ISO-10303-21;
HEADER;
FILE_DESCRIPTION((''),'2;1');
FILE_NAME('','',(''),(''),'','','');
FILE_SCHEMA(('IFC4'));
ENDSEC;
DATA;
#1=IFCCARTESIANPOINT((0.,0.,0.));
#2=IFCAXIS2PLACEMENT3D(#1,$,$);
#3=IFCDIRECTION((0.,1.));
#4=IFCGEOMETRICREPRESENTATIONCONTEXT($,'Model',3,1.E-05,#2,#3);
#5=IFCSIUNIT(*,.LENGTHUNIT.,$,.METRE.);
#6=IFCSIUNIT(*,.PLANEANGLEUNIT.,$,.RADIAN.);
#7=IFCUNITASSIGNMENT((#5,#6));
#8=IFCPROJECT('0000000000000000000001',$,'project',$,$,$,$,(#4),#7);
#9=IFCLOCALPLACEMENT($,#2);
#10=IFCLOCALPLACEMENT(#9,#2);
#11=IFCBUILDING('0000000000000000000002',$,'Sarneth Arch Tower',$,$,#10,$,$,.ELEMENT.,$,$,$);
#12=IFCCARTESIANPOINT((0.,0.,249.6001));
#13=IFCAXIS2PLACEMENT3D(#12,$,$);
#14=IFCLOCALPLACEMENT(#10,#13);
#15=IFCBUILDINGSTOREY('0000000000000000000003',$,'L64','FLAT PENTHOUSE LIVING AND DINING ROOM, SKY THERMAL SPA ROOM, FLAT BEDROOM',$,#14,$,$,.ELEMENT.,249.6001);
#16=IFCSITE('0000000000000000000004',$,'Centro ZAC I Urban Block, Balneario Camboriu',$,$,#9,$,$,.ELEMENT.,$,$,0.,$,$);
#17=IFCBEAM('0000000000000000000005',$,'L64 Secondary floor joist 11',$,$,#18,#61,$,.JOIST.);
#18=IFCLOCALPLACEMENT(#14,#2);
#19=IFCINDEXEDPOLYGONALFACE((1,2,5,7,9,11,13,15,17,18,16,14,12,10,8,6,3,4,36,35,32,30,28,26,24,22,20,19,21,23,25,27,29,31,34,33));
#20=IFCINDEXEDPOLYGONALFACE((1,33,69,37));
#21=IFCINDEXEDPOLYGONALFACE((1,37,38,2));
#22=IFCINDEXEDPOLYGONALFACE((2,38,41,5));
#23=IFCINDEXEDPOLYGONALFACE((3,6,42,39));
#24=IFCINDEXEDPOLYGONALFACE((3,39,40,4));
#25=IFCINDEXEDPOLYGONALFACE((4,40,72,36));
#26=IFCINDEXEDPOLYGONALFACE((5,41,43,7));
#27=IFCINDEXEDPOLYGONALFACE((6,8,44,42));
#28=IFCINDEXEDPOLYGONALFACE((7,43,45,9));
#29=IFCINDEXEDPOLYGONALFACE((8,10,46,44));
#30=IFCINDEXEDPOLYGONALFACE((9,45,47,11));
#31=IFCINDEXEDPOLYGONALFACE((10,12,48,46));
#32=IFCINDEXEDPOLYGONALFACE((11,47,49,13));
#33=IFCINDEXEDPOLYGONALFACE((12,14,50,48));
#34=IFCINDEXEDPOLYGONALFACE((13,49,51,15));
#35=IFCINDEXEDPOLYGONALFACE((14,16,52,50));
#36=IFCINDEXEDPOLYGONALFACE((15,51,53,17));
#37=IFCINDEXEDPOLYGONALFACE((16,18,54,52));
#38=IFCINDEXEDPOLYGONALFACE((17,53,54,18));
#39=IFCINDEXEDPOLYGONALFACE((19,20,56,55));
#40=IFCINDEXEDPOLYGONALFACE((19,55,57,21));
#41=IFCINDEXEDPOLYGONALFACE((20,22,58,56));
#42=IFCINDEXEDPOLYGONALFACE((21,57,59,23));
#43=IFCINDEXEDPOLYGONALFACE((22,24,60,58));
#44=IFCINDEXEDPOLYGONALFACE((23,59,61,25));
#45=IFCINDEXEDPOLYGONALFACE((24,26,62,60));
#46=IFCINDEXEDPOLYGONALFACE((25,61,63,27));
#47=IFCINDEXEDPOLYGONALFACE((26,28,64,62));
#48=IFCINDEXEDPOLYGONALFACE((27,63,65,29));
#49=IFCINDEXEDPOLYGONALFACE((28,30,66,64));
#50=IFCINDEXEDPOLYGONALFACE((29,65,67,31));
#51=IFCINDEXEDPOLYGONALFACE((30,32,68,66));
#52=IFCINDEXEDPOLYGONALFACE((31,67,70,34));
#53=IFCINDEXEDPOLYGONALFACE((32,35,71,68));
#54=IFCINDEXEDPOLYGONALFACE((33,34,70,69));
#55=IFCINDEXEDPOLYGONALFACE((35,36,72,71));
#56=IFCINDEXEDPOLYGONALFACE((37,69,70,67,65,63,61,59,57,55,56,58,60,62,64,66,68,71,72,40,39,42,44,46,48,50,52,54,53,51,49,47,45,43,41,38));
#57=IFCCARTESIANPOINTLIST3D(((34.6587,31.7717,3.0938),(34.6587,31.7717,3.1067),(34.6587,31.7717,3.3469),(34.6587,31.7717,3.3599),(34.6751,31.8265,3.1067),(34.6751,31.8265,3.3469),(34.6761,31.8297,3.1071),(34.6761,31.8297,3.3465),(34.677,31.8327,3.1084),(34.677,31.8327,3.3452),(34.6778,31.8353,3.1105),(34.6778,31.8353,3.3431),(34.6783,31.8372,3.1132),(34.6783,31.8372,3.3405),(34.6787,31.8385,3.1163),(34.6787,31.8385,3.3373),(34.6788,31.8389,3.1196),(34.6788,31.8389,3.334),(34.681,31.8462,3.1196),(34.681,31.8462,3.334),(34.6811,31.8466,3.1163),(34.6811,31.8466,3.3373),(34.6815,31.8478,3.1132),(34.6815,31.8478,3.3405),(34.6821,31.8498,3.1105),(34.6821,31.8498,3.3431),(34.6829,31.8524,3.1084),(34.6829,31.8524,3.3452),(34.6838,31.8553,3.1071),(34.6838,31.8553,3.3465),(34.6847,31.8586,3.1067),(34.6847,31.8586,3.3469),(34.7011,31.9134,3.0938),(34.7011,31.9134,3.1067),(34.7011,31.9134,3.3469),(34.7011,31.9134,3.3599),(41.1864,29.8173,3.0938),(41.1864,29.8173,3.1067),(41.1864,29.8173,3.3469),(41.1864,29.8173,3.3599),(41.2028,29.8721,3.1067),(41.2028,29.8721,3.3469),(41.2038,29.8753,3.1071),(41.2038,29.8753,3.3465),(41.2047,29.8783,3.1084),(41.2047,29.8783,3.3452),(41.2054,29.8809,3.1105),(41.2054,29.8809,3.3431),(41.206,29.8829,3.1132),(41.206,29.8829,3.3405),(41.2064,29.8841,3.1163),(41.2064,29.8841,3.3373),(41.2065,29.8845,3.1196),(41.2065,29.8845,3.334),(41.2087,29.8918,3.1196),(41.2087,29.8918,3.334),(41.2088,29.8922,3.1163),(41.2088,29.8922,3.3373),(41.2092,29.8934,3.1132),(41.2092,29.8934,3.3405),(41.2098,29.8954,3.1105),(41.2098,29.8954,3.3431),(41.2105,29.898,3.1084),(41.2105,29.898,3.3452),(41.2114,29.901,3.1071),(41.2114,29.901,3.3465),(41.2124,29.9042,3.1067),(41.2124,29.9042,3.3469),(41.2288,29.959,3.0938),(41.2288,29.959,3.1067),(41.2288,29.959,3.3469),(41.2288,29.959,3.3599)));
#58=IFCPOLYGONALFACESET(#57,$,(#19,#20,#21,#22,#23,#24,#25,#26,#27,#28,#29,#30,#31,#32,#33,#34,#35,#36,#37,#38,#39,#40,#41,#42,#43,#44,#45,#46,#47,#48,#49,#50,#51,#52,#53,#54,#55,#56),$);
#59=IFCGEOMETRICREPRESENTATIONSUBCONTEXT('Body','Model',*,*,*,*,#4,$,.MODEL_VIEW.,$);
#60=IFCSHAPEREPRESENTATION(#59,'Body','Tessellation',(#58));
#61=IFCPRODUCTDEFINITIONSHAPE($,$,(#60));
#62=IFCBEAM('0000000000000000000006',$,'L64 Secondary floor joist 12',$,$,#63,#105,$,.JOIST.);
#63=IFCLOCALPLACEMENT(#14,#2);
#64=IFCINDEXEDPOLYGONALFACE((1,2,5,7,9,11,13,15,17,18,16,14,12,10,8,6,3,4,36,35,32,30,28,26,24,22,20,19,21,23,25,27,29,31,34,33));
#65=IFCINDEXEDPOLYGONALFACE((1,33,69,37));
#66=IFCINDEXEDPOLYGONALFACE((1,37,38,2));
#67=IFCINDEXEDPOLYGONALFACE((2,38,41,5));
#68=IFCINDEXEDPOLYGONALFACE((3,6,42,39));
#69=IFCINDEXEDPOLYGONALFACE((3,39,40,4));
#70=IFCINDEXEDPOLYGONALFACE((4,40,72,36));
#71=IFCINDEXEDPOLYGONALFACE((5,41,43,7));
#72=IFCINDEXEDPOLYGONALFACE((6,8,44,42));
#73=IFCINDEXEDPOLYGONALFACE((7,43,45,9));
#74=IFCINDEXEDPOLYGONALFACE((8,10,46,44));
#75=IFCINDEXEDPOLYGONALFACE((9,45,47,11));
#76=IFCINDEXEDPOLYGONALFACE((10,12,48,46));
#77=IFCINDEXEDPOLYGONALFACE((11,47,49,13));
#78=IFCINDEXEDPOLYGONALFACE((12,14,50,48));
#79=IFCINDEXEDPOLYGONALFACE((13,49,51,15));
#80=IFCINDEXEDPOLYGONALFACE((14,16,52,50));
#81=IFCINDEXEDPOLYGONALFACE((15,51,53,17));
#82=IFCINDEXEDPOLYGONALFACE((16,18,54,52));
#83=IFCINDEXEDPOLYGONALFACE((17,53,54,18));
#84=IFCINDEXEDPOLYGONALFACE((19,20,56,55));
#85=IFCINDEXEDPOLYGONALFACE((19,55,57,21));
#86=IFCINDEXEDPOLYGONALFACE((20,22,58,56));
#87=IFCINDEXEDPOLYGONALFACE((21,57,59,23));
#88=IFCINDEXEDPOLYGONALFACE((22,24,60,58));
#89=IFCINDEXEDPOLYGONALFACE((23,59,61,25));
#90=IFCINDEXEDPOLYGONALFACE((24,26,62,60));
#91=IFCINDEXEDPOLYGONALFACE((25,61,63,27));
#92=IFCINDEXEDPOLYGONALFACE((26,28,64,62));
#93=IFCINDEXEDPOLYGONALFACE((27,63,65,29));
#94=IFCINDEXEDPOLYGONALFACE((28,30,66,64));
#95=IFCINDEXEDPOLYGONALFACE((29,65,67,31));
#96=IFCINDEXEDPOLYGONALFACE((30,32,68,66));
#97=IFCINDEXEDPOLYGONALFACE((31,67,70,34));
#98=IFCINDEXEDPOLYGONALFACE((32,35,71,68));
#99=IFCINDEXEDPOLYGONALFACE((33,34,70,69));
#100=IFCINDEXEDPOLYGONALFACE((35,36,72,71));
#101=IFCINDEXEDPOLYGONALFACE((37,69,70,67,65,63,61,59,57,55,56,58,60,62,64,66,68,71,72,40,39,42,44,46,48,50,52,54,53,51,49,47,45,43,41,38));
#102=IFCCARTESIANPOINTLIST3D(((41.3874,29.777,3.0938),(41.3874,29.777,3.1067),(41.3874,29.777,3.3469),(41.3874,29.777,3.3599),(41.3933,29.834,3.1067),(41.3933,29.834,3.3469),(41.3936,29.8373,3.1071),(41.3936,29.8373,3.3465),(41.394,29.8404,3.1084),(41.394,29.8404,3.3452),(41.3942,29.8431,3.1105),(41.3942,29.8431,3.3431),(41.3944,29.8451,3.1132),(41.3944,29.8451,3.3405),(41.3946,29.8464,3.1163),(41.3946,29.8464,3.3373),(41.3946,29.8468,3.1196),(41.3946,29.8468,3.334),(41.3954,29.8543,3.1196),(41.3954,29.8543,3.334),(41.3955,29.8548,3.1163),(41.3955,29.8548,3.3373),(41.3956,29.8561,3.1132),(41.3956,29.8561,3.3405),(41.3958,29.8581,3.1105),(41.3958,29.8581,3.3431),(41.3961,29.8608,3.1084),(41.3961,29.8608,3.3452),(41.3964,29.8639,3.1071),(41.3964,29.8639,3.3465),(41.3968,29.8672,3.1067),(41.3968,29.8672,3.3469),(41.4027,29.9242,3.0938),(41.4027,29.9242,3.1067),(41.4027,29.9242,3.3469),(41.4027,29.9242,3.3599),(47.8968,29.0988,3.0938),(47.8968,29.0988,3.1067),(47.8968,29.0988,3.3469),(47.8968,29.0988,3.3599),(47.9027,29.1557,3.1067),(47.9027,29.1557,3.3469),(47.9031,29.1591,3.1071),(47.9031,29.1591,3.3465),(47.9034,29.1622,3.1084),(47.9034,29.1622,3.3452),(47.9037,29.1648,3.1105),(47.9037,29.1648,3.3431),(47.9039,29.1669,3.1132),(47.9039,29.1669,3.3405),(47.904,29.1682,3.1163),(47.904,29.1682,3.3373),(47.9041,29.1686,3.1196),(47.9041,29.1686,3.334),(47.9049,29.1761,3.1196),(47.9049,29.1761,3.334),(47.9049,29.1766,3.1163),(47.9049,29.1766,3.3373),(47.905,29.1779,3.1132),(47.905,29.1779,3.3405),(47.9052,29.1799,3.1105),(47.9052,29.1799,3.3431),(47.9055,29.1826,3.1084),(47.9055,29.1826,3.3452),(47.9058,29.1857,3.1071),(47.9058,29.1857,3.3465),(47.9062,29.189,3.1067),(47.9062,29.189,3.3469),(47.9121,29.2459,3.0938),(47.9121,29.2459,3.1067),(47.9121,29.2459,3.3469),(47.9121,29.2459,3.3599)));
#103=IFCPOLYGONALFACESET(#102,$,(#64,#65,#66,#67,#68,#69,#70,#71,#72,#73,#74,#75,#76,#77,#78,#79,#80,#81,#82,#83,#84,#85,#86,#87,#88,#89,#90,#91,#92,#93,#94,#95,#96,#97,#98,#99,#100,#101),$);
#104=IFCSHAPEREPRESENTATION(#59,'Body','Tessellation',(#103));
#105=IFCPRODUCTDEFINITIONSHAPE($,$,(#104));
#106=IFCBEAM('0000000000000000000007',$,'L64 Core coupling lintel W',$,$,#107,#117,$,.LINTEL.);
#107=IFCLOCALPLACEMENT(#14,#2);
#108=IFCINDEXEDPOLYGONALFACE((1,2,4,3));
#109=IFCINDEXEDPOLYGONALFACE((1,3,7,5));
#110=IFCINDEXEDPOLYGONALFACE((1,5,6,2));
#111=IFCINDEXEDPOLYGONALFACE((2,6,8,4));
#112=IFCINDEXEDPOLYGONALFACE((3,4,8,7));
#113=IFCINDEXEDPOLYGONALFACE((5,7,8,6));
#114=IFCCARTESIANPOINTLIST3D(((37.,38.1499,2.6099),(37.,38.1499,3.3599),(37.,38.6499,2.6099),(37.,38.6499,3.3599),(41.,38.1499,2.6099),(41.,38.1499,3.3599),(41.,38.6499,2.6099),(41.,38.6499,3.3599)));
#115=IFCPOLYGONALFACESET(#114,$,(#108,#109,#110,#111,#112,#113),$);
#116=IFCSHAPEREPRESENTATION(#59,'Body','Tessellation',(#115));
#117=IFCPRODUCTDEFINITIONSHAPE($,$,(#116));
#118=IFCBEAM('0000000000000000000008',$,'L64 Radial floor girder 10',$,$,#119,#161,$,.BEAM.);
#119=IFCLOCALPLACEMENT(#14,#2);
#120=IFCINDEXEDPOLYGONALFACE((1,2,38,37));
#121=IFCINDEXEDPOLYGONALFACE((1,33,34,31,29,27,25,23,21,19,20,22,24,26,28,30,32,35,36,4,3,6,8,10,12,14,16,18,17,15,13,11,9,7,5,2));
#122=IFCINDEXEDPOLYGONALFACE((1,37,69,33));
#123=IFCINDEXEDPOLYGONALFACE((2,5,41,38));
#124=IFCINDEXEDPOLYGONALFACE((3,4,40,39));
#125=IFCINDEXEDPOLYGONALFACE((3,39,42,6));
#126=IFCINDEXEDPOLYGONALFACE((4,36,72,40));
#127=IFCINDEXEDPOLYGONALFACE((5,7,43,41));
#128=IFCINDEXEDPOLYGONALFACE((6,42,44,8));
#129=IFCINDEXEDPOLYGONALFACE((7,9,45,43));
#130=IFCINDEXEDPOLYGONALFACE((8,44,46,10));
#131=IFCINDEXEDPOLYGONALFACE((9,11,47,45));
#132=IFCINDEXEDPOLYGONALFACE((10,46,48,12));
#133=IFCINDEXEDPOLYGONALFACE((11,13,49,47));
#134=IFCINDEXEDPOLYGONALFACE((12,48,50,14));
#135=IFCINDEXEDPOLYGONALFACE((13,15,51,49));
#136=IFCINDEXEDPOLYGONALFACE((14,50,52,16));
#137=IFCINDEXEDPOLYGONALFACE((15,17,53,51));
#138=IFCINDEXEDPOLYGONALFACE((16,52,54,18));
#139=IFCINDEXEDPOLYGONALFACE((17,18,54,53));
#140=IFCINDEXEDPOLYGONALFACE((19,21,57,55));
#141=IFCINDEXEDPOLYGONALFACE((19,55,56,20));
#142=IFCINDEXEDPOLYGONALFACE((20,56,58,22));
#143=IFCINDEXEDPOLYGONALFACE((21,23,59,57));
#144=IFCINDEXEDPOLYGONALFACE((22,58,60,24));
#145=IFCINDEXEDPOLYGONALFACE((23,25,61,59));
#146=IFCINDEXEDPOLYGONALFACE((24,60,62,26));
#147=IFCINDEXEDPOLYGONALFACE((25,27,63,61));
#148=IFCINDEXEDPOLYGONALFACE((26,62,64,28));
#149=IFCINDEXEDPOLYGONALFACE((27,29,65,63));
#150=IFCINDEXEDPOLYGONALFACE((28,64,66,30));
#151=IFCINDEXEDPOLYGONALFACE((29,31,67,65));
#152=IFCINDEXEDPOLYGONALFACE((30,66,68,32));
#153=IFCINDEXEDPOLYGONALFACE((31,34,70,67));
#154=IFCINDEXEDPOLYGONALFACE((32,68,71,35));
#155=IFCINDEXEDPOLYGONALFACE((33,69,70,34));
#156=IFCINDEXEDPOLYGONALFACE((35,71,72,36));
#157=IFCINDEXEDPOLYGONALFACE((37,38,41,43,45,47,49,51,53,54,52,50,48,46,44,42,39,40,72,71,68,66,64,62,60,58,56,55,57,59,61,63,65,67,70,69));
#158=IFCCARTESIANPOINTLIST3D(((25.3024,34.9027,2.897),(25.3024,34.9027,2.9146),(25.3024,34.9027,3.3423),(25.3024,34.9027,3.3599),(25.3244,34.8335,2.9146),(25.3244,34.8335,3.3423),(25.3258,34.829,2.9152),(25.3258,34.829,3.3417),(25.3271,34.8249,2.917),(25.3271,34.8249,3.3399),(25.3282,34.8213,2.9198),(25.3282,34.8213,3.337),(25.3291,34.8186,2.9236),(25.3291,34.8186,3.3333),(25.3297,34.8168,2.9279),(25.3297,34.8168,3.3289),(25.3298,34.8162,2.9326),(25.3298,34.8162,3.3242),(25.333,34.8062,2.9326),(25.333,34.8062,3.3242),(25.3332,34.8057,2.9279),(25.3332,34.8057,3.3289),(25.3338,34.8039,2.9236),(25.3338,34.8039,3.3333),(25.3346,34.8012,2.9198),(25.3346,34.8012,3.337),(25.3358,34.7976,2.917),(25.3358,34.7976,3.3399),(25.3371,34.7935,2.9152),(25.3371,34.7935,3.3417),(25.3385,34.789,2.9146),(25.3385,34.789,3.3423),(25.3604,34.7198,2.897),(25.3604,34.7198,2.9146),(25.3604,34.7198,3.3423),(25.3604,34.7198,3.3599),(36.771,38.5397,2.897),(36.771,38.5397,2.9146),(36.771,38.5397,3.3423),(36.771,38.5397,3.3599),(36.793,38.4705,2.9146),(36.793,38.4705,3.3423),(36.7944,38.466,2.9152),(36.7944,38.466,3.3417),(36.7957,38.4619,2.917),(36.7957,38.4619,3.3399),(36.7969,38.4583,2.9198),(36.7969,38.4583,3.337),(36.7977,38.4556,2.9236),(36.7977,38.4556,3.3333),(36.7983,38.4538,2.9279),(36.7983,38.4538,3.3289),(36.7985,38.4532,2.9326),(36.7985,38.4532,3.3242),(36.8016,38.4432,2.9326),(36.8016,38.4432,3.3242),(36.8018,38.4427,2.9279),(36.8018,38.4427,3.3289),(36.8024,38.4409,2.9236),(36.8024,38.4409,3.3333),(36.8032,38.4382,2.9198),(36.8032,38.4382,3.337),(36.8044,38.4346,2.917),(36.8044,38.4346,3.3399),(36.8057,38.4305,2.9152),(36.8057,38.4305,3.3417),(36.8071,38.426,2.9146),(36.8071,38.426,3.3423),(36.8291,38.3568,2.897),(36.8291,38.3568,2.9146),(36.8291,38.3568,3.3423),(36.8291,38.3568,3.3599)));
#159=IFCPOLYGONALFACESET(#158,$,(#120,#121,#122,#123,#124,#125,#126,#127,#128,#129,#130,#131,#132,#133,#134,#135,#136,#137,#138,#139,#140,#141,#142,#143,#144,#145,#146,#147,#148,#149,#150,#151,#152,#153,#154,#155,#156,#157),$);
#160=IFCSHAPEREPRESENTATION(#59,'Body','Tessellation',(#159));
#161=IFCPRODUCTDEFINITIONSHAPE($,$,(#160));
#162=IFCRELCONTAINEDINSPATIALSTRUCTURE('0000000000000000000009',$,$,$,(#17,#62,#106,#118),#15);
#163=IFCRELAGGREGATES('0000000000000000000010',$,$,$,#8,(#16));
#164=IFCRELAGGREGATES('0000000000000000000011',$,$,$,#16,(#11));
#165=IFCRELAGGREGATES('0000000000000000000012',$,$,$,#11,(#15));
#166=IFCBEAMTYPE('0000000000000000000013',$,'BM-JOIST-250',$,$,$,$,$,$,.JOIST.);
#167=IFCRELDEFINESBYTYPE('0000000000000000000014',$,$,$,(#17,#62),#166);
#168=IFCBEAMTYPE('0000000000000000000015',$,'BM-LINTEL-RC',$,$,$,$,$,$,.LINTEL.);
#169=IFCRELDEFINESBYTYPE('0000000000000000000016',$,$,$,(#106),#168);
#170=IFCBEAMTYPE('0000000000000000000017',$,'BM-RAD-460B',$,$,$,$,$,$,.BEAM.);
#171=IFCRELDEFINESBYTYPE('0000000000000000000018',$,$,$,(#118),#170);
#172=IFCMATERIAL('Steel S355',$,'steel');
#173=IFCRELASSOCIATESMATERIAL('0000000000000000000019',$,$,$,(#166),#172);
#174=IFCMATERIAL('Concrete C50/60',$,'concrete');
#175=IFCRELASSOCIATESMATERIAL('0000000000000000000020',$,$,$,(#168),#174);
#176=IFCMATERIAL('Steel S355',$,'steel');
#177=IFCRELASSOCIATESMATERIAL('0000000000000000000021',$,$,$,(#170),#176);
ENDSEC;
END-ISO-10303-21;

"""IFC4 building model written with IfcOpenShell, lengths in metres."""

from ifc_helpers import new_model, si_unit, direction, frame, origin, origin_2d, place, context, subcontext, project, spatial, rectangle, i_section, extrude, material, material_profile, profile_set, type_object, element, save


model = new_model("IFC4")

# Units and contexts
model_context = context("Model", 3, precision=1e-05, world=origin(), true_north=direction((0.0, 1.0)))
body_context = subcontext(model_context, "Body", "Model", "MODEL_VIEW")
ifc_project = project(units=[si_unit("LENGTHUNIT", "METRE"), si_unit("PLANEANGLEUNIT", "RADIAN")], contexts=[model_context])

# Site, building, storey
site_placement = place(None, origin())
site = spatial("IfcSite", under=ifc_project, at=site_placement, Name="Centro ZAC I Urban Block, Balneario Camboriu", CompositionType="ELEMENT", RefElevation=0.0)
building_placement = place(site_placement, origin())
building = spatial("IfcBuilding", under=site, at=building_placement, Name="Sarneth Arch Tower", CompositionType="ELEMENT")
storey_placement = place(building_placement, frame((0.0, 0.0, 249.6001)))
storey = spatial("IfcBuildingStorey", under=building, at=storey_placement, Name="L64", Description="FLAT PENTHOUSE LIVING AND DINING ROOM, SKY THERMAL SPA ROOM, FLAT BEDROOM", CompositionType="ELEMENT", Elevation=249.6001)

# Beams
ifc_material_1 = material(Name="Steel S355", Category="steel")
ifc_material_profile_1 = material_profile(ifc_material_1, i_section(OverallWidth=0.1479, OverallDepth=0.2661, WebThickness=0.0076, FlangeThickness=0.0129, FilletRadius=0.0129, at=origin_2d()), Name="W250x44.8")
ifc_profile_set_1 = profile_set([ifc_material_profile_1], Name="Steel S355")
beam_type_1 = type_object("IfcBeamType", Name="BM-JOIST-250", PredefinedType="JOIST", material=ifc_profile_set_1)
beam_1_placement = place(storey_placement, frame((34.6799, 31.8425, 3.2268), z_axis=(0.957985, -0.286819, 0.0), x_axis=(0.286819, 0.957985, 0.0)))
element("IfcBeam", 1, at=beam_1_placement, inside=storey, type_object=beam_type_1, Name="L64 Secondary floor joist 11", PredefinedType="JOIST", context=body_context, shape_type="SweptSolid", body=[
    extrude(i_section(OverallWidth=0.1479, OverallDepth=0.2661, WebThickness=0.0076, FlangeThickness=0.0129, FilletRadius=0.0129, at=origin_2d()), origin(), (0.0, 0.0, 1.0), 6.814),
])
beam_2_placement = place(storey_placement, frame((41.395, 29.8506, 3.2268), z_axis=(0.994616, -0.103628, 0.0), x_axis=(0.103628, 0.994616, 0.0)))
element("IfcBeam", 2, at=beam_2_placement, inside=storey, type_object=beam_type_1, Name="L64 Secondary floor joist 12", PredefinedType="JOIST", context=body_context, shape_type="SweptSolid", body=[
    extrude(i_section(OverallWidth=0.1479, OverallDepth=0.2661, WebThickness=0.0076, FlangeThickness=0.0129, FilletRadius=0.0129, at=origin_2d()), origin(), (0.0, 0.0, 1.0), 6.5447),
])
ifc_material_2 = material(Name="Concrete C50/60", Category="concrete")
ifc_material_profile_2 = material_profile(ifc_material_2, rectangle(XDim=0.5, YDim=0.75, at=origin_2d()), Name="RC-500x750")
ifc_profile_set_2 = profile_set([ifc_material_profile_2], Name="Concrete C50/60")
beam_type_2 = type_object("IfcBeamType", Name="BM-LINTEL-RC", PredefinedType="LINTEL", material=ifc_profile_set_2)
beam_3_placement = place(storey_placement, frame((37.0, 38.3999, 2.9849), z_axis=(1.0, 0.0, 0.0), x_axis=(0.0, 1.0, 0.0)))
element("IfcBeam", 3, at=beam_3_placement, inside=storey, type_object=beam_type_2, Name="L64 Core coupling lintel W", PredefinedType="LINTEL", context=body_context, shape_type="SweptSolid", body=[
    extrude(rectangle(XDim=0.5, YDim=0.75, at=origin_2d()), origin(), (0.0, 0.0, 1.0), 4.0),
])
ifc_material_3 = material(Name="Steel S355", Category="steel")
ifc_material_profile_3 = material_profile(ifc_material_3, i_section(OverallWidth=0.1919, OverallDepth=0.4629, WebThickness=0.0105, FlangeThickness=0.0176, FilletRadius=0.0181, at=origin_2d()), Name="W460x89")
ifc_profile_set_3 = profile_set([ifc_material_profile_3], Name="Steel S355")
beam_type_3 = type_object("IfcBeamType", Name="BM-RAD-460B", PredefinedType="BEAM", material=ifc_profile_set_3)
beam_4_placement = place(storey_placement, frame((36.8, 38.4482, 3.1284), z_axis=(-0.953216, -0.30229, 0.0), x_axis=(0.30229, -0.953216, 0.0)))
element("IfcBeam", 4, at=beam_4_placement, inside=storey, type_object=beam_type_3, Name="L64 Radial floor girder 10", PredefinedType="BEAM", context=body_context, shape_type="SweptSolid", body=[
    extrude(i_section(OverallWidth=0.1919, OverallDepth=0.4629, WebThickness=0.0105, FlangeThickness=0.0176, FilletRadius=0.0181, at=origin_2d()), origin(), (0.0, 0.0, 1.0), 12.0315),
])

save(model, "model.ifc")
